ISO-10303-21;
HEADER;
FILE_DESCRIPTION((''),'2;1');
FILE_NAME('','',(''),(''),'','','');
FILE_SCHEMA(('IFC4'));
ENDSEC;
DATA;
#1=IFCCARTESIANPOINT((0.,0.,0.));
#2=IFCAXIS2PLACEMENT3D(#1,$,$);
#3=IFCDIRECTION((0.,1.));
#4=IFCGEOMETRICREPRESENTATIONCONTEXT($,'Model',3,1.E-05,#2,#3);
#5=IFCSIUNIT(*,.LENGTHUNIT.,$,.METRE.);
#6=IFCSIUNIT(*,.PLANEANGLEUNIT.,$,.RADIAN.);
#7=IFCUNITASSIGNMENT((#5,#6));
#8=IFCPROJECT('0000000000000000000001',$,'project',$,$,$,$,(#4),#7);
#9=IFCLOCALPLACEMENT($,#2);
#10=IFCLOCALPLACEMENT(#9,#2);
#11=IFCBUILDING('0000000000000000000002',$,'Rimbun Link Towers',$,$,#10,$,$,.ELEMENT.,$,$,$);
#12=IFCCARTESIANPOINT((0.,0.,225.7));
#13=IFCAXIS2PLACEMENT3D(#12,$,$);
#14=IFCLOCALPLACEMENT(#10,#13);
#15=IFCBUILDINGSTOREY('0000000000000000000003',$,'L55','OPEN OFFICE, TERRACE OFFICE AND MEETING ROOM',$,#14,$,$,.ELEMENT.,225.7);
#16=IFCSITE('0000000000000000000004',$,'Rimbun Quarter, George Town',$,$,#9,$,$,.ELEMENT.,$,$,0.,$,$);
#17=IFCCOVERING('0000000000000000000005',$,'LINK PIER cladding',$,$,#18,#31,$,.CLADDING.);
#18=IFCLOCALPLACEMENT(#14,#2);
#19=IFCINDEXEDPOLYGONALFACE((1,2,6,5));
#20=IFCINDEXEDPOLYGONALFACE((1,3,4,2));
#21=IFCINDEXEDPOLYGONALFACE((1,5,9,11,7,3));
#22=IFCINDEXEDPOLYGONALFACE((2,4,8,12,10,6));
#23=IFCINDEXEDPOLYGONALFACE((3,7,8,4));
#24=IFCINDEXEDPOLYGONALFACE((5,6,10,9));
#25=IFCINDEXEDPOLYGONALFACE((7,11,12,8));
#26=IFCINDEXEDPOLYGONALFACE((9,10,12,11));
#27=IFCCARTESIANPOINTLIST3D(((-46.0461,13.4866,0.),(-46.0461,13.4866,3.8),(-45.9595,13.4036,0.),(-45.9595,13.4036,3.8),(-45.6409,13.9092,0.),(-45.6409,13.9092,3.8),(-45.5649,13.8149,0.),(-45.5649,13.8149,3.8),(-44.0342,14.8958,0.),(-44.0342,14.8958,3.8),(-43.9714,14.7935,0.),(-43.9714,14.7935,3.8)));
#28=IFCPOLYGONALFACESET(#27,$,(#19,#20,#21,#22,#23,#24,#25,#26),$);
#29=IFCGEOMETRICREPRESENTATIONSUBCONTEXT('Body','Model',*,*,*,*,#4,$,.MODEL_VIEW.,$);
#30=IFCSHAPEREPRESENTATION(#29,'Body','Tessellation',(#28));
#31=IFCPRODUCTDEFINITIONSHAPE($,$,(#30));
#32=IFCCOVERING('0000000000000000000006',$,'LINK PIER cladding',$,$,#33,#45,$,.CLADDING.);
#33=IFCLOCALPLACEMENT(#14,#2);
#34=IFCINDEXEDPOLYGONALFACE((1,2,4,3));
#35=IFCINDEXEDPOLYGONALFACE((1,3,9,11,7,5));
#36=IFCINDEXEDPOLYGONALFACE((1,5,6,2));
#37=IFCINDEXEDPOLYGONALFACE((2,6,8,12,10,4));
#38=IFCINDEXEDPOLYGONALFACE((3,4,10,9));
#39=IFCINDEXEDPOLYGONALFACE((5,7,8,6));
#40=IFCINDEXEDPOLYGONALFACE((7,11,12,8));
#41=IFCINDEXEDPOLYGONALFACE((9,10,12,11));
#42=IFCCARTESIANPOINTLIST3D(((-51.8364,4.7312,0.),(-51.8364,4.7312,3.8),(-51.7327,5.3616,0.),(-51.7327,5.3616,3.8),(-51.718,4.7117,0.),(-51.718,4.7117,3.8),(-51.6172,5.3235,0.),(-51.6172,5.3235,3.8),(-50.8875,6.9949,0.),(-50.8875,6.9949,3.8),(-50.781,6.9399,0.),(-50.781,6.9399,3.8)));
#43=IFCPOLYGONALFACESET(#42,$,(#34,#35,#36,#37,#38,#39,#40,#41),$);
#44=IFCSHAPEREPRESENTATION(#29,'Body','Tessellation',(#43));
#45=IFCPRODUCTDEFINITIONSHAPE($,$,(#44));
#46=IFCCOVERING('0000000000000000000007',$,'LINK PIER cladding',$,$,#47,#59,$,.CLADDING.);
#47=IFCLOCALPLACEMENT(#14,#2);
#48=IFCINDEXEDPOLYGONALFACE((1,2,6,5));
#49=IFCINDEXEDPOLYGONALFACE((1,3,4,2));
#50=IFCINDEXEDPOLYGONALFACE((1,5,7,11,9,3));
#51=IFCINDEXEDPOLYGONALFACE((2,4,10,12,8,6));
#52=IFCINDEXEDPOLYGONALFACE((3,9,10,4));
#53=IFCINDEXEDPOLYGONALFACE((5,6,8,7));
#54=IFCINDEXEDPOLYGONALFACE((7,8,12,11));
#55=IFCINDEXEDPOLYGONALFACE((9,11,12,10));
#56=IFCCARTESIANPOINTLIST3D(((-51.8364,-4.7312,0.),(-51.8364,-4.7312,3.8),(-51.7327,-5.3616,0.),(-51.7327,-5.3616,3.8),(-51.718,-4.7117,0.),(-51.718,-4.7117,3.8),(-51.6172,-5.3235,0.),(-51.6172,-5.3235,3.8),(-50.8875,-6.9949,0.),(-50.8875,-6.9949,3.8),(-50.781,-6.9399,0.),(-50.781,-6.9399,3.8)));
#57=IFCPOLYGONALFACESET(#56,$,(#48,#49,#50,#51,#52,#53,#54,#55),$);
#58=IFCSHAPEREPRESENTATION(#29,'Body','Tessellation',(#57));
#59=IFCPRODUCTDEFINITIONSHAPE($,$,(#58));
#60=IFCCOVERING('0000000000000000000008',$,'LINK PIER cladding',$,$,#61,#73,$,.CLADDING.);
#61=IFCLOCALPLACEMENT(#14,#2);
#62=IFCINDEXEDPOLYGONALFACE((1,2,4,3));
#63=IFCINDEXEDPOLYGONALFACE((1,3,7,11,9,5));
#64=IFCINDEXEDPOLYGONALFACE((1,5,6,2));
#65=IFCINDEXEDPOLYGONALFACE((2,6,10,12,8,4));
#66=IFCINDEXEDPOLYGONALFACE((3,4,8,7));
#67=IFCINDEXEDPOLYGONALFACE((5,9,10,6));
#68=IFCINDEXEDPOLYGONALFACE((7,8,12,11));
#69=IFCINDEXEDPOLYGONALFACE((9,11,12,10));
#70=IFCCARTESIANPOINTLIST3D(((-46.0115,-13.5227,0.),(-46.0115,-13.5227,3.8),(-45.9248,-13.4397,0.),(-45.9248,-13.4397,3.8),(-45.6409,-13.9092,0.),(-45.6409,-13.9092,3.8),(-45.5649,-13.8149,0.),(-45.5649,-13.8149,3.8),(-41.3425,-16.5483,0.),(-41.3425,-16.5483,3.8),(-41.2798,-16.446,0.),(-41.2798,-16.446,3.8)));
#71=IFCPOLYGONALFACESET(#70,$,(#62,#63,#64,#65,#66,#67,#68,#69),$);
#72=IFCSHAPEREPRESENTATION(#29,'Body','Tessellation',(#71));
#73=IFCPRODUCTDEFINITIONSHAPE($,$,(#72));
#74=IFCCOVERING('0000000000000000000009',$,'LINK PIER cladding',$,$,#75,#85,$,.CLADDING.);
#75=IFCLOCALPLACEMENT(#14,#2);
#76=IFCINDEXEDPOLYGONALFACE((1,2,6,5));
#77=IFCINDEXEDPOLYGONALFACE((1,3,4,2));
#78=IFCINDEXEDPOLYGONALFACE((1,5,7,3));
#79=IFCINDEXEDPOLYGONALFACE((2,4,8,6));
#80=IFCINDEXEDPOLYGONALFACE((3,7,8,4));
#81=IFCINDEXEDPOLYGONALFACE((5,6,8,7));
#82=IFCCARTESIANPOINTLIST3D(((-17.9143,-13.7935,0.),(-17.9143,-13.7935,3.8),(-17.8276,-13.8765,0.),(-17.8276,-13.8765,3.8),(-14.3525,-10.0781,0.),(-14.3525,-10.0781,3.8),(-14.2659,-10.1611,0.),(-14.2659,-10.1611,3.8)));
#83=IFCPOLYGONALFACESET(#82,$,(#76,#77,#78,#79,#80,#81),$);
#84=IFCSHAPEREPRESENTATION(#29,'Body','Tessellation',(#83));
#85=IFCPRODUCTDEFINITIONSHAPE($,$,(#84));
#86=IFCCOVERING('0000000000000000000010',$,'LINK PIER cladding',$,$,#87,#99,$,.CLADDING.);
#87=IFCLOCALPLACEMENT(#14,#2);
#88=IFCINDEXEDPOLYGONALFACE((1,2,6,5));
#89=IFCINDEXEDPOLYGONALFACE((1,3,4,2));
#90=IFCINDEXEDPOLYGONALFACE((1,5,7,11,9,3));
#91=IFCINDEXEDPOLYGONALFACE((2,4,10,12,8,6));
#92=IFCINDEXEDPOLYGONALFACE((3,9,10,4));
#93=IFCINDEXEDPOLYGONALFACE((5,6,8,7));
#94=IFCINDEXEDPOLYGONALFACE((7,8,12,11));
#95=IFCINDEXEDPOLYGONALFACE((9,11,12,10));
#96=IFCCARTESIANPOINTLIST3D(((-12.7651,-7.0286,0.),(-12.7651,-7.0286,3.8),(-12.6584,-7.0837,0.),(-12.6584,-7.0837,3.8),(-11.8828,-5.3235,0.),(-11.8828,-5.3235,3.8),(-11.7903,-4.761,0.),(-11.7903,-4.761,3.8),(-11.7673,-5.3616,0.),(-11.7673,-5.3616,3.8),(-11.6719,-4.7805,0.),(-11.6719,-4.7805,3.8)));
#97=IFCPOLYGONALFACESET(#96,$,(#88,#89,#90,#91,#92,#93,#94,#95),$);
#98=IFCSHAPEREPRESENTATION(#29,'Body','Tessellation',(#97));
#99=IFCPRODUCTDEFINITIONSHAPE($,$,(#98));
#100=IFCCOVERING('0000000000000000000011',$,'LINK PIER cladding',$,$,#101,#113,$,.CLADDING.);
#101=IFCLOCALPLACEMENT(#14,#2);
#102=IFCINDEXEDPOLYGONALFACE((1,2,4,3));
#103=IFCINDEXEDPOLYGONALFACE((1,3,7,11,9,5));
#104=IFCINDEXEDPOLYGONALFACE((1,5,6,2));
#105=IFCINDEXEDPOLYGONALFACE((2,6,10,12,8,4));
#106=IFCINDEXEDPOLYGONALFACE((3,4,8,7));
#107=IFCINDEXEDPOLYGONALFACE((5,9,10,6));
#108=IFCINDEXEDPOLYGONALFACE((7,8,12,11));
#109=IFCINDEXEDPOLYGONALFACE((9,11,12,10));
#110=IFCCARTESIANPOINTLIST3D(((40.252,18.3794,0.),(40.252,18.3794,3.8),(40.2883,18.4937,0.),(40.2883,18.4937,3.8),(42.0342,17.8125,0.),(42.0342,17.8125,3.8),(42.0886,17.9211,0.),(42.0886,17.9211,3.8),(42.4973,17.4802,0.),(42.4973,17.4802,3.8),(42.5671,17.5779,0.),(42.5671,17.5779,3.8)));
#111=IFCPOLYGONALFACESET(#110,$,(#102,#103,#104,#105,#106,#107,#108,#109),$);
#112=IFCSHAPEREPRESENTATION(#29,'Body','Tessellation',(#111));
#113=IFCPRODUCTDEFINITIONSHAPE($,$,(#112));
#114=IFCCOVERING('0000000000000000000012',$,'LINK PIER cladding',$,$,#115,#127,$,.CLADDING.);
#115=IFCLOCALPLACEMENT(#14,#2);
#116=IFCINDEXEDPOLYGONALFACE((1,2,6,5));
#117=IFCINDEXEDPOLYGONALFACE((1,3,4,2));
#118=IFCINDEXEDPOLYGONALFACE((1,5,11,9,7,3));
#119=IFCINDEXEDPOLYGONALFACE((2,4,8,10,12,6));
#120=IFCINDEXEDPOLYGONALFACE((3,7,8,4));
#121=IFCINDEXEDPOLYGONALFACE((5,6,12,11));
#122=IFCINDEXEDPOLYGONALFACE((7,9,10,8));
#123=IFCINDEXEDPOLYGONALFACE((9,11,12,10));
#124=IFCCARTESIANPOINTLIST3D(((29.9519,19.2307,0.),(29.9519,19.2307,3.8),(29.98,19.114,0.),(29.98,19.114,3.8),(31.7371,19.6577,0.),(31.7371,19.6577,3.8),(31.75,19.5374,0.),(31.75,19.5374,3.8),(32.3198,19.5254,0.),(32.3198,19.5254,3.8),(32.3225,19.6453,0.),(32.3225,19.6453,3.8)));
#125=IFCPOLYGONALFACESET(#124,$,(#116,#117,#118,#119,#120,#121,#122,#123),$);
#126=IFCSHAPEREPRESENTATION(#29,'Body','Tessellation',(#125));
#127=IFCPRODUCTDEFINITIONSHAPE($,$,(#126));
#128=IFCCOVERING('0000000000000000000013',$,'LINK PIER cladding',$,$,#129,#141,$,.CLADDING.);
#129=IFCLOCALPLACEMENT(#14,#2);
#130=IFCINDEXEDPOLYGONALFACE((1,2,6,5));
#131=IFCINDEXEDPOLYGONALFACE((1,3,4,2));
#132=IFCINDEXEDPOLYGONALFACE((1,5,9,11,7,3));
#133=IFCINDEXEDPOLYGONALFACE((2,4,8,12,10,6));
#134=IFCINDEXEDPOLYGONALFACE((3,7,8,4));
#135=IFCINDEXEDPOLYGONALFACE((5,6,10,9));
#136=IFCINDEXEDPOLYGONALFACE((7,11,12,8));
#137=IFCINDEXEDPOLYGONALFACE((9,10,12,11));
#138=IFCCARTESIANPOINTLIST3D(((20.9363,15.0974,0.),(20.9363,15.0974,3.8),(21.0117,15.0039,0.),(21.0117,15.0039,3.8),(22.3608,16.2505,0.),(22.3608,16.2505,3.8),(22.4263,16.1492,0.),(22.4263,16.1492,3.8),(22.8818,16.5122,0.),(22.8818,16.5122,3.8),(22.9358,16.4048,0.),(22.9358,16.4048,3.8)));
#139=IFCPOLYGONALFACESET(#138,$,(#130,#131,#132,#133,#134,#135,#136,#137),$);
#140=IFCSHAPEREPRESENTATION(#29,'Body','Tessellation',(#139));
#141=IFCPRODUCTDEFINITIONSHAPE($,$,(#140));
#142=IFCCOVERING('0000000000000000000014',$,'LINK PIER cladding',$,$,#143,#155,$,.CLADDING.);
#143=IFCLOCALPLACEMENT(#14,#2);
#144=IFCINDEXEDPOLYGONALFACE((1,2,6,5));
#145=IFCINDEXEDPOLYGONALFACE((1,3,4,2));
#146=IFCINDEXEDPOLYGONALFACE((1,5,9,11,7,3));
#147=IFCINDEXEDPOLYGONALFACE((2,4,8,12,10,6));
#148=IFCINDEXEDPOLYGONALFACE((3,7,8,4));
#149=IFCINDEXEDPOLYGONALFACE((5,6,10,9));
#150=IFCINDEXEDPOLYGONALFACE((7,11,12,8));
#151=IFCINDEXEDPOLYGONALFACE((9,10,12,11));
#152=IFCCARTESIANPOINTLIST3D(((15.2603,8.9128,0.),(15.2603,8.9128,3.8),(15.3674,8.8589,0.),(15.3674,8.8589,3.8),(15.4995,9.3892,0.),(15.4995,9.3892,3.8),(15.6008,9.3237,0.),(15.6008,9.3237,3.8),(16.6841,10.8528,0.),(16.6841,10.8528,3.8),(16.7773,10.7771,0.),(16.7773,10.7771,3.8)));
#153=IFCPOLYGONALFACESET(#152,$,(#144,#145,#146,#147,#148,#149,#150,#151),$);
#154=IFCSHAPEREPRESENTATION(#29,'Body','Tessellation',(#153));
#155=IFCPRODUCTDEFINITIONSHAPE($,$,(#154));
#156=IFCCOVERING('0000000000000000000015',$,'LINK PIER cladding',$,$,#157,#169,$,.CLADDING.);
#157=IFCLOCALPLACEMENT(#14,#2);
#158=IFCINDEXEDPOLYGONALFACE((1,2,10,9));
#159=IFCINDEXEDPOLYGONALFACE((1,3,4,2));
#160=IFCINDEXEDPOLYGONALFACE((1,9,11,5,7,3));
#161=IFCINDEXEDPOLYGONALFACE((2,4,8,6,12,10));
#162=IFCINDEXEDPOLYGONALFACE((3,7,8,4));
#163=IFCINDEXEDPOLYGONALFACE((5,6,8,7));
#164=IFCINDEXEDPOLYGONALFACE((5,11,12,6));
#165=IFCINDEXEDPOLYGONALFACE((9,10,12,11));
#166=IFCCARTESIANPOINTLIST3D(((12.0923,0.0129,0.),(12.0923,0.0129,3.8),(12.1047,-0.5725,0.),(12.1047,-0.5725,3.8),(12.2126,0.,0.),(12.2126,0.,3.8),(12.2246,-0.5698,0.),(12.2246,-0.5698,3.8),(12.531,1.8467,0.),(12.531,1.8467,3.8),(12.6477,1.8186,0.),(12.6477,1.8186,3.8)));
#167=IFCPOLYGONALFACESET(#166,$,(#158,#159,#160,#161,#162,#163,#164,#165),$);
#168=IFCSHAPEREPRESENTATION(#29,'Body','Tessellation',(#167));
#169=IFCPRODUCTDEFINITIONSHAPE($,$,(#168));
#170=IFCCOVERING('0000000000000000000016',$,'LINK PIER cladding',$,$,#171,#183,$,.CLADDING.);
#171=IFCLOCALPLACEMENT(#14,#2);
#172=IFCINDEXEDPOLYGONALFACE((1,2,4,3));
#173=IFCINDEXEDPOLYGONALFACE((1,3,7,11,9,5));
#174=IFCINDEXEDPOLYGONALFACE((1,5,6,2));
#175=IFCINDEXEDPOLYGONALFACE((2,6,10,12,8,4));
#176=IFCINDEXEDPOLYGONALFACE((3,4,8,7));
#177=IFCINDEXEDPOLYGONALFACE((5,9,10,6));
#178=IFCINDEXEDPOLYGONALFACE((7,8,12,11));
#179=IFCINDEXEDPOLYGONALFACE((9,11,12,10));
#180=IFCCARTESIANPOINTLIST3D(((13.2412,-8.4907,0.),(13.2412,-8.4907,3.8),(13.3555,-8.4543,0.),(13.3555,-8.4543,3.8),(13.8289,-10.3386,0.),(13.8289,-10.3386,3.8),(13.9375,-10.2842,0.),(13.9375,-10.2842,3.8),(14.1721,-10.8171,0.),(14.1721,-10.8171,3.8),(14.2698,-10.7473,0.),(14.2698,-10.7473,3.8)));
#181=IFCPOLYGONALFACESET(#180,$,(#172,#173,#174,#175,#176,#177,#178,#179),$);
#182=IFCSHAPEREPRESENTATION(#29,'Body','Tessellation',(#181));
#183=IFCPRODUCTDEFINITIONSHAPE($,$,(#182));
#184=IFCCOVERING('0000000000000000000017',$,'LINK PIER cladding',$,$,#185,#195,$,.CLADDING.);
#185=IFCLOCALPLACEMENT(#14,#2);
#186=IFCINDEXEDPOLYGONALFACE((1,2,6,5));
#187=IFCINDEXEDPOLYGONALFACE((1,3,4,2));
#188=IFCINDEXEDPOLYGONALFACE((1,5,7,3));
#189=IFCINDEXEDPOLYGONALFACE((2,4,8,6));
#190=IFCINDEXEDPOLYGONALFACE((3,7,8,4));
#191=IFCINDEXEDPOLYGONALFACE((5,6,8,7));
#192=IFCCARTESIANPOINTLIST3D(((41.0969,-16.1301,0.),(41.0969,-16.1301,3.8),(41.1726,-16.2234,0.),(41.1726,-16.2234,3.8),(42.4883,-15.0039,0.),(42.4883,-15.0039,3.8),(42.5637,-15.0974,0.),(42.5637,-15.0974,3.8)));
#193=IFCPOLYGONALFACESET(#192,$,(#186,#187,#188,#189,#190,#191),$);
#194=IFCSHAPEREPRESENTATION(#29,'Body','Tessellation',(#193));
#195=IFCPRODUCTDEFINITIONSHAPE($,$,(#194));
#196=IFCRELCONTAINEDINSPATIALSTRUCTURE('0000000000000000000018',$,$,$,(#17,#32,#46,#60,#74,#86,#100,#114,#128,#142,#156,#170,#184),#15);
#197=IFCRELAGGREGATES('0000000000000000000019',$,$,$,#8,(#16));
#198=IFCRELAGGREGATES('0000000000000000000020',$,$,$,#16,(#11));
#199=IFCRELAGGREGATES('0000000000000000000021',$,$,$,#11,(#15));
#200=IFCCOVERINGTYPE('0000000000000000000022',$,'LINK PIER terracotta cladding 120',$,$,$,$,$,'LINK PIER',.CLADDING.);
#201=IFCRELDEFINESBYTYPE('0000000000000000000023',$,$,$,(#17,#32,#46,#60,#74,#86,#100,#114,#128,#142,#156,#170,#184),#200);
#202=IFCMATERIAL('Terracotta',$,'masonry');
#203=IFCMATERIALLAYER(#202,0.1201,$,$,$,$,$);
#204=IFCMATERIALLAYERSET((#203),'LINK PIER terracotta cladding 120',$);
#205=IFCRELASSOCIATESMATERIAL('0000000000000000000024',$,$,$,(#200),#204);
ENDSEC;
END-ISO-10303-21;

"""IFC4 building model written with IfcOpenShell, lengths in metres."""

from ifc_helpers import new_model, si_unit, direction, frame, origin, place, context, subcontext, project, spatial, polyline, outline, extrude, material, layer, layer_set, type_object, element, save


model = new_model("IFC4")

# Units and contexts
model_context = context("Model", 3, precision=1e-05, world=origin(), true_north=direction((0.0, 1.0)))
body_context = subcontext(model_context, "Body", "Model", "MODEL_VIEW")
ifc_project = project(units=[si_unit("LENGTHUNIT", "METRE"), si_unit("PLANEANGLEUNIT", "RADIAN")], contexts=[model_context])

# Site, building, storey
site_placement = place(None, origin())
site = spatial("IfcSite", under=ifc_project, at=site_placement, Name="Rimbun Quarter, George Town", CompositionType="ELEMENT", RefElevation=0.0)
building_placement = place(site_placement, origin())
building = spatial("IfcBuilding", under=site, at=building_placement, Name="Rimbun Link Towers", CompositionType="ELEMENT")
storey_placement = place(building_placement, frame((0.0, 0.0, 225.7)))
storey = spatial("IfcBuildingStorey", under=building, at=storey_placement, Name="L55", Description="OPEN OFFICE, TERRACE OFFICE AND MEETING ROOM", CompositionType="ELEMENT", Elevation=225.7)

# Coverings
ifc_material_1 = material(Name="Terracotta", Category="masonry")
ifc_layer_1 = layer(ifc_material_1, 0.1201)
ifc_layer_set_1 = layer_set([ifc_layer_1], Name="LINK PIER terracotta cladding 120")
covering_type_1 = type_object("IfcCoveringType", Name="LINK PIER terracotta cladding 120", ElementType="LINK PIER", PredefinedType="CLADDING", material=ifc_layer_set_1)
covering_1_placement = place(storey_placement, origin())
element("IfcCovering", 1, at=covering_1_placement, inside=storey, type_object=covering_type_1, Name="LINK PIER cladding", PredefinedType="CLADDING", context=body_context, shape_type="SweptSolid", body=[
    extrude(outline(polyline([(-45.9595, 13.4036), (-45.5649, 13.8149), (-43.9714, 14.7935), (-44.0342, 14.8958), (-45.6409, 13.9092), (-46.0461, 13.4866), (-45.9595, 13.4036)])), origin(), (0.0, 0.0, 1.0), 3.8),
])
covering_2_placement = place(storey_placement, origin())
element("IfcCovering", 2, at=covering_2_placement, inside=storey, type_object=covering_type_1, Name="LINK PIER cladding", PredefinedType="CLADDING", context=body_context, shape_type="SweptSolid", body=[
    extrude(outline(polyline([(-51.718, 4.7117), (-51.6172, 5.3235), (-50.781, 6.9399), (-50.8875, 6.9949), (-51.7327, 5.3616), (-51.8364, 4.7312), (-51.718, 4.7117)])), origin(), (0.0, 0.0, 1.0), 3.8),
])
covering_3_placement = place(storey_placement, origin())
element("IfcCovering", 3, at=covering_3_placement, inside=storey, type_object=covering_type_1, Name="LINK PIER cladding", PredefinedType="CLADDING", context=body_context, shape_type="SweptSolid", body=[
    extrude(outline(polyline([(-50.781, -6.9399), (-51.6172, -5.3235), (-51.718, -4.7117), (-51.8364, -4.7312), (-51.7327, -5.3616), (-50.8875, -6.9949), (-50.781, -6.9399)])), origin(), (0.0, 0.0, 1.0), 3.8),
])
covering_4_placement = place(storey_placement, origin())
element("IfcCovering", 4, at=covering_4_placement, inside=storey, type_object=covering_type_1, Name="LINK PIER cladding", PredefinedType="CLADDING", context=body_context, shape_type="SweptSolid", body=[
    extrude(outline(polyline([(-41.2798, -16.446), (-45.5649, -13.8149), (-45.9248, -13.4397), (-46.0115, -13.5227), (-45.6409, -13.9092), (-41.3425, -16.5483), (-41.2798, -16.446)])), origin(), (0.0, 0.0, 1.0), 3.8),
])
covering_5_placement = place(storey_placement, origin())
element("IfcCovering", 5, at=covering_5_placement, inside=storey, type_object=covering_type_1, Name="LINK PIER cladding", PredefinedType="CLADDING", context=body_context, shape_type="SweptSolid", body=[
    extrude(outline(polyline([(-14.3525, -10.0781), (-17.9143, -13.7935), (-17.8276, -13.8765), (-14.2659, -10.1611), (-14.3525, -10.0781)])), origin(), (0.0, 0.0, 1.0), 3.8),
])
covering_6_placement = place(storey_placement, origin())
element("IfcCovering", 6, at=covering_6_placement, inside=storey, type_object=covering_type_1, Name="LINK PIER cladding", PredefinedType="CLADDING", context=body_context, shape_type="SweptSolid", body=[
    extrude(outline(polyline([(-11.7903, -4.761), (-11.8828, -5.3235), (-12.7651, -7.0286), (-12.6584, -7.0837), (-11.7673, -5.3616), (-11.6719, -4.7805), (-11.7903, -4.761)])), origin(), (0.0, 0.0, 1.0), 3.8),
])
covering_7_placement = place(storey_placement, origin())
element("IfcCovering", 7, at=covering_7_placement, inside=storey, type_object=covering_type_1, Name="LINK PIER cladding", PredefinedType="CLADDING", context=body_context, shape_type="SweptSolid", body=[
    extrude(outline(polyline([(40.252, 18.3794), (42.0342, 17.8125), (42.4973, 17.4802), (42.5671, 17.5779), (42.0886, 17.9211), (40.2883, 18.4937), (40.252, 18.3794)])), origin(), (0.0, 0.0, 1.0), 3.8),
])
covering_8_placement = place(storey_placement, origin())
element("IfcCovering", 8, at=covering_8_placement, inside=storey, type_object=covering_type_1, Name="LINK PIER cladding", PredefinedType="CLADDING", context=body_context, shape_type="SweptSolid", body=[
    extrude(outline(polyline([(29.98, 19.114), (31.75, 19.5374), (32.3198, 19.5254), (32.3225, 19.6453), (31.7371, 19.6577), (29.9519, 19.2307), (29.98, 19.114)])), origin(), (0.0, 0.0, 1.0), 3.8),
])
covering_9_placement = place(storey_placement, origin())
element("IfcCovering", 9, at=covering_9_placement, inside=storey, type_object=covering_type_1, Name="LINK PIER cladding", PredefinedType="CLADDING", context=body_context, shape_type="SweptSolid", body=[
    extrude(outline(polyline([(21.0117, 15.0039), (22.4263, 16.1492), (22.9358, 16.4048), (22.8818, 16.5122), (22.3608, 16.2505), (20.9363, 15.0974), (21.0117, 15.0039)])), origin(), (0.0, 0.0, 1.0), 3.8),
])
covering_10_placement = place(storey_placement, origin())
element("IfcCovering", 10, at=covering_10_placement, inside=storey, type_object=covering_type_1, Name="LINK PIER cladding", PredefinedType="CLADDING", context=body_context, shape_type="SweptSolid", body=[
    extrude(outline(polyline([(15.3674, 8.8589), (15.6008, 9.3237), (16.7773, 10.7771), (16.6841, 10.8528), (15.4995, 9.3892), (15.2603, 8.9128), (15.3674, 8.8589)])), origin(), (0.0, 0.0, 1.0), 3.8),
])
covering_11_placement = place(storey_placement, origin())
element("IfcCovering", 11, at=covering_11_placement, inside=storey, type_object=covering_type_1, Name="LINK PIER cladding", PredefinedType="CLADDING", context=body_context, shape_type="SweptSolid", body=[
    extrude(outline(polyline([(12.2246, -0.5698), (12.2126, 0.0), (12.6477, 1.8186), (12.531, 1.8467), (12.0923, 0.0129), (12.1047, -0.5725), (12.2246, -0.5698)])), origin(), (0.0, 0.0, 1.0), 3.8),
])
covering_12_placement = place(storey_placement, origin())
element("IfcCovering", 12, at=covering_12_placement, inside=storey, type_object=covering_type_1, Name="LINK PIER cladding", PredefinedType="CLADDING", context=body_context, shape_type="SweptSolid", body=[
    extrude(outline(polyline([(14.2698, -10.7473), (13.9375, -10.2842), (13.3555, -8.4543), (13.2412, -8.4907), (13.8289, -10.3386), (14.1721, -10.8171), (14.2698, -10.7473)])), origin(), (0.0, 0.0, 1.0), 3.8),
])
covering_13_placement = place(storey_placement, origin())
element("IfcCovering", 13, at=covering_13_placement, inside=storey, type_object=covering_type_1, Name="LINK PIER cladding", PredefinedType="CLADDING", context=body_context, shape_type="SweptSolid", body=[
    extrude(outline(polyline([(42.4883, -15.0039), (41.0969, -16.1301), (41.1726, -16.2234), (42.5637, -15.0974), (42.4883, -15.0039)])), origin(), (0.0, 0.0, 1.0), 3.8),
])

save(model, "model.ifc")
